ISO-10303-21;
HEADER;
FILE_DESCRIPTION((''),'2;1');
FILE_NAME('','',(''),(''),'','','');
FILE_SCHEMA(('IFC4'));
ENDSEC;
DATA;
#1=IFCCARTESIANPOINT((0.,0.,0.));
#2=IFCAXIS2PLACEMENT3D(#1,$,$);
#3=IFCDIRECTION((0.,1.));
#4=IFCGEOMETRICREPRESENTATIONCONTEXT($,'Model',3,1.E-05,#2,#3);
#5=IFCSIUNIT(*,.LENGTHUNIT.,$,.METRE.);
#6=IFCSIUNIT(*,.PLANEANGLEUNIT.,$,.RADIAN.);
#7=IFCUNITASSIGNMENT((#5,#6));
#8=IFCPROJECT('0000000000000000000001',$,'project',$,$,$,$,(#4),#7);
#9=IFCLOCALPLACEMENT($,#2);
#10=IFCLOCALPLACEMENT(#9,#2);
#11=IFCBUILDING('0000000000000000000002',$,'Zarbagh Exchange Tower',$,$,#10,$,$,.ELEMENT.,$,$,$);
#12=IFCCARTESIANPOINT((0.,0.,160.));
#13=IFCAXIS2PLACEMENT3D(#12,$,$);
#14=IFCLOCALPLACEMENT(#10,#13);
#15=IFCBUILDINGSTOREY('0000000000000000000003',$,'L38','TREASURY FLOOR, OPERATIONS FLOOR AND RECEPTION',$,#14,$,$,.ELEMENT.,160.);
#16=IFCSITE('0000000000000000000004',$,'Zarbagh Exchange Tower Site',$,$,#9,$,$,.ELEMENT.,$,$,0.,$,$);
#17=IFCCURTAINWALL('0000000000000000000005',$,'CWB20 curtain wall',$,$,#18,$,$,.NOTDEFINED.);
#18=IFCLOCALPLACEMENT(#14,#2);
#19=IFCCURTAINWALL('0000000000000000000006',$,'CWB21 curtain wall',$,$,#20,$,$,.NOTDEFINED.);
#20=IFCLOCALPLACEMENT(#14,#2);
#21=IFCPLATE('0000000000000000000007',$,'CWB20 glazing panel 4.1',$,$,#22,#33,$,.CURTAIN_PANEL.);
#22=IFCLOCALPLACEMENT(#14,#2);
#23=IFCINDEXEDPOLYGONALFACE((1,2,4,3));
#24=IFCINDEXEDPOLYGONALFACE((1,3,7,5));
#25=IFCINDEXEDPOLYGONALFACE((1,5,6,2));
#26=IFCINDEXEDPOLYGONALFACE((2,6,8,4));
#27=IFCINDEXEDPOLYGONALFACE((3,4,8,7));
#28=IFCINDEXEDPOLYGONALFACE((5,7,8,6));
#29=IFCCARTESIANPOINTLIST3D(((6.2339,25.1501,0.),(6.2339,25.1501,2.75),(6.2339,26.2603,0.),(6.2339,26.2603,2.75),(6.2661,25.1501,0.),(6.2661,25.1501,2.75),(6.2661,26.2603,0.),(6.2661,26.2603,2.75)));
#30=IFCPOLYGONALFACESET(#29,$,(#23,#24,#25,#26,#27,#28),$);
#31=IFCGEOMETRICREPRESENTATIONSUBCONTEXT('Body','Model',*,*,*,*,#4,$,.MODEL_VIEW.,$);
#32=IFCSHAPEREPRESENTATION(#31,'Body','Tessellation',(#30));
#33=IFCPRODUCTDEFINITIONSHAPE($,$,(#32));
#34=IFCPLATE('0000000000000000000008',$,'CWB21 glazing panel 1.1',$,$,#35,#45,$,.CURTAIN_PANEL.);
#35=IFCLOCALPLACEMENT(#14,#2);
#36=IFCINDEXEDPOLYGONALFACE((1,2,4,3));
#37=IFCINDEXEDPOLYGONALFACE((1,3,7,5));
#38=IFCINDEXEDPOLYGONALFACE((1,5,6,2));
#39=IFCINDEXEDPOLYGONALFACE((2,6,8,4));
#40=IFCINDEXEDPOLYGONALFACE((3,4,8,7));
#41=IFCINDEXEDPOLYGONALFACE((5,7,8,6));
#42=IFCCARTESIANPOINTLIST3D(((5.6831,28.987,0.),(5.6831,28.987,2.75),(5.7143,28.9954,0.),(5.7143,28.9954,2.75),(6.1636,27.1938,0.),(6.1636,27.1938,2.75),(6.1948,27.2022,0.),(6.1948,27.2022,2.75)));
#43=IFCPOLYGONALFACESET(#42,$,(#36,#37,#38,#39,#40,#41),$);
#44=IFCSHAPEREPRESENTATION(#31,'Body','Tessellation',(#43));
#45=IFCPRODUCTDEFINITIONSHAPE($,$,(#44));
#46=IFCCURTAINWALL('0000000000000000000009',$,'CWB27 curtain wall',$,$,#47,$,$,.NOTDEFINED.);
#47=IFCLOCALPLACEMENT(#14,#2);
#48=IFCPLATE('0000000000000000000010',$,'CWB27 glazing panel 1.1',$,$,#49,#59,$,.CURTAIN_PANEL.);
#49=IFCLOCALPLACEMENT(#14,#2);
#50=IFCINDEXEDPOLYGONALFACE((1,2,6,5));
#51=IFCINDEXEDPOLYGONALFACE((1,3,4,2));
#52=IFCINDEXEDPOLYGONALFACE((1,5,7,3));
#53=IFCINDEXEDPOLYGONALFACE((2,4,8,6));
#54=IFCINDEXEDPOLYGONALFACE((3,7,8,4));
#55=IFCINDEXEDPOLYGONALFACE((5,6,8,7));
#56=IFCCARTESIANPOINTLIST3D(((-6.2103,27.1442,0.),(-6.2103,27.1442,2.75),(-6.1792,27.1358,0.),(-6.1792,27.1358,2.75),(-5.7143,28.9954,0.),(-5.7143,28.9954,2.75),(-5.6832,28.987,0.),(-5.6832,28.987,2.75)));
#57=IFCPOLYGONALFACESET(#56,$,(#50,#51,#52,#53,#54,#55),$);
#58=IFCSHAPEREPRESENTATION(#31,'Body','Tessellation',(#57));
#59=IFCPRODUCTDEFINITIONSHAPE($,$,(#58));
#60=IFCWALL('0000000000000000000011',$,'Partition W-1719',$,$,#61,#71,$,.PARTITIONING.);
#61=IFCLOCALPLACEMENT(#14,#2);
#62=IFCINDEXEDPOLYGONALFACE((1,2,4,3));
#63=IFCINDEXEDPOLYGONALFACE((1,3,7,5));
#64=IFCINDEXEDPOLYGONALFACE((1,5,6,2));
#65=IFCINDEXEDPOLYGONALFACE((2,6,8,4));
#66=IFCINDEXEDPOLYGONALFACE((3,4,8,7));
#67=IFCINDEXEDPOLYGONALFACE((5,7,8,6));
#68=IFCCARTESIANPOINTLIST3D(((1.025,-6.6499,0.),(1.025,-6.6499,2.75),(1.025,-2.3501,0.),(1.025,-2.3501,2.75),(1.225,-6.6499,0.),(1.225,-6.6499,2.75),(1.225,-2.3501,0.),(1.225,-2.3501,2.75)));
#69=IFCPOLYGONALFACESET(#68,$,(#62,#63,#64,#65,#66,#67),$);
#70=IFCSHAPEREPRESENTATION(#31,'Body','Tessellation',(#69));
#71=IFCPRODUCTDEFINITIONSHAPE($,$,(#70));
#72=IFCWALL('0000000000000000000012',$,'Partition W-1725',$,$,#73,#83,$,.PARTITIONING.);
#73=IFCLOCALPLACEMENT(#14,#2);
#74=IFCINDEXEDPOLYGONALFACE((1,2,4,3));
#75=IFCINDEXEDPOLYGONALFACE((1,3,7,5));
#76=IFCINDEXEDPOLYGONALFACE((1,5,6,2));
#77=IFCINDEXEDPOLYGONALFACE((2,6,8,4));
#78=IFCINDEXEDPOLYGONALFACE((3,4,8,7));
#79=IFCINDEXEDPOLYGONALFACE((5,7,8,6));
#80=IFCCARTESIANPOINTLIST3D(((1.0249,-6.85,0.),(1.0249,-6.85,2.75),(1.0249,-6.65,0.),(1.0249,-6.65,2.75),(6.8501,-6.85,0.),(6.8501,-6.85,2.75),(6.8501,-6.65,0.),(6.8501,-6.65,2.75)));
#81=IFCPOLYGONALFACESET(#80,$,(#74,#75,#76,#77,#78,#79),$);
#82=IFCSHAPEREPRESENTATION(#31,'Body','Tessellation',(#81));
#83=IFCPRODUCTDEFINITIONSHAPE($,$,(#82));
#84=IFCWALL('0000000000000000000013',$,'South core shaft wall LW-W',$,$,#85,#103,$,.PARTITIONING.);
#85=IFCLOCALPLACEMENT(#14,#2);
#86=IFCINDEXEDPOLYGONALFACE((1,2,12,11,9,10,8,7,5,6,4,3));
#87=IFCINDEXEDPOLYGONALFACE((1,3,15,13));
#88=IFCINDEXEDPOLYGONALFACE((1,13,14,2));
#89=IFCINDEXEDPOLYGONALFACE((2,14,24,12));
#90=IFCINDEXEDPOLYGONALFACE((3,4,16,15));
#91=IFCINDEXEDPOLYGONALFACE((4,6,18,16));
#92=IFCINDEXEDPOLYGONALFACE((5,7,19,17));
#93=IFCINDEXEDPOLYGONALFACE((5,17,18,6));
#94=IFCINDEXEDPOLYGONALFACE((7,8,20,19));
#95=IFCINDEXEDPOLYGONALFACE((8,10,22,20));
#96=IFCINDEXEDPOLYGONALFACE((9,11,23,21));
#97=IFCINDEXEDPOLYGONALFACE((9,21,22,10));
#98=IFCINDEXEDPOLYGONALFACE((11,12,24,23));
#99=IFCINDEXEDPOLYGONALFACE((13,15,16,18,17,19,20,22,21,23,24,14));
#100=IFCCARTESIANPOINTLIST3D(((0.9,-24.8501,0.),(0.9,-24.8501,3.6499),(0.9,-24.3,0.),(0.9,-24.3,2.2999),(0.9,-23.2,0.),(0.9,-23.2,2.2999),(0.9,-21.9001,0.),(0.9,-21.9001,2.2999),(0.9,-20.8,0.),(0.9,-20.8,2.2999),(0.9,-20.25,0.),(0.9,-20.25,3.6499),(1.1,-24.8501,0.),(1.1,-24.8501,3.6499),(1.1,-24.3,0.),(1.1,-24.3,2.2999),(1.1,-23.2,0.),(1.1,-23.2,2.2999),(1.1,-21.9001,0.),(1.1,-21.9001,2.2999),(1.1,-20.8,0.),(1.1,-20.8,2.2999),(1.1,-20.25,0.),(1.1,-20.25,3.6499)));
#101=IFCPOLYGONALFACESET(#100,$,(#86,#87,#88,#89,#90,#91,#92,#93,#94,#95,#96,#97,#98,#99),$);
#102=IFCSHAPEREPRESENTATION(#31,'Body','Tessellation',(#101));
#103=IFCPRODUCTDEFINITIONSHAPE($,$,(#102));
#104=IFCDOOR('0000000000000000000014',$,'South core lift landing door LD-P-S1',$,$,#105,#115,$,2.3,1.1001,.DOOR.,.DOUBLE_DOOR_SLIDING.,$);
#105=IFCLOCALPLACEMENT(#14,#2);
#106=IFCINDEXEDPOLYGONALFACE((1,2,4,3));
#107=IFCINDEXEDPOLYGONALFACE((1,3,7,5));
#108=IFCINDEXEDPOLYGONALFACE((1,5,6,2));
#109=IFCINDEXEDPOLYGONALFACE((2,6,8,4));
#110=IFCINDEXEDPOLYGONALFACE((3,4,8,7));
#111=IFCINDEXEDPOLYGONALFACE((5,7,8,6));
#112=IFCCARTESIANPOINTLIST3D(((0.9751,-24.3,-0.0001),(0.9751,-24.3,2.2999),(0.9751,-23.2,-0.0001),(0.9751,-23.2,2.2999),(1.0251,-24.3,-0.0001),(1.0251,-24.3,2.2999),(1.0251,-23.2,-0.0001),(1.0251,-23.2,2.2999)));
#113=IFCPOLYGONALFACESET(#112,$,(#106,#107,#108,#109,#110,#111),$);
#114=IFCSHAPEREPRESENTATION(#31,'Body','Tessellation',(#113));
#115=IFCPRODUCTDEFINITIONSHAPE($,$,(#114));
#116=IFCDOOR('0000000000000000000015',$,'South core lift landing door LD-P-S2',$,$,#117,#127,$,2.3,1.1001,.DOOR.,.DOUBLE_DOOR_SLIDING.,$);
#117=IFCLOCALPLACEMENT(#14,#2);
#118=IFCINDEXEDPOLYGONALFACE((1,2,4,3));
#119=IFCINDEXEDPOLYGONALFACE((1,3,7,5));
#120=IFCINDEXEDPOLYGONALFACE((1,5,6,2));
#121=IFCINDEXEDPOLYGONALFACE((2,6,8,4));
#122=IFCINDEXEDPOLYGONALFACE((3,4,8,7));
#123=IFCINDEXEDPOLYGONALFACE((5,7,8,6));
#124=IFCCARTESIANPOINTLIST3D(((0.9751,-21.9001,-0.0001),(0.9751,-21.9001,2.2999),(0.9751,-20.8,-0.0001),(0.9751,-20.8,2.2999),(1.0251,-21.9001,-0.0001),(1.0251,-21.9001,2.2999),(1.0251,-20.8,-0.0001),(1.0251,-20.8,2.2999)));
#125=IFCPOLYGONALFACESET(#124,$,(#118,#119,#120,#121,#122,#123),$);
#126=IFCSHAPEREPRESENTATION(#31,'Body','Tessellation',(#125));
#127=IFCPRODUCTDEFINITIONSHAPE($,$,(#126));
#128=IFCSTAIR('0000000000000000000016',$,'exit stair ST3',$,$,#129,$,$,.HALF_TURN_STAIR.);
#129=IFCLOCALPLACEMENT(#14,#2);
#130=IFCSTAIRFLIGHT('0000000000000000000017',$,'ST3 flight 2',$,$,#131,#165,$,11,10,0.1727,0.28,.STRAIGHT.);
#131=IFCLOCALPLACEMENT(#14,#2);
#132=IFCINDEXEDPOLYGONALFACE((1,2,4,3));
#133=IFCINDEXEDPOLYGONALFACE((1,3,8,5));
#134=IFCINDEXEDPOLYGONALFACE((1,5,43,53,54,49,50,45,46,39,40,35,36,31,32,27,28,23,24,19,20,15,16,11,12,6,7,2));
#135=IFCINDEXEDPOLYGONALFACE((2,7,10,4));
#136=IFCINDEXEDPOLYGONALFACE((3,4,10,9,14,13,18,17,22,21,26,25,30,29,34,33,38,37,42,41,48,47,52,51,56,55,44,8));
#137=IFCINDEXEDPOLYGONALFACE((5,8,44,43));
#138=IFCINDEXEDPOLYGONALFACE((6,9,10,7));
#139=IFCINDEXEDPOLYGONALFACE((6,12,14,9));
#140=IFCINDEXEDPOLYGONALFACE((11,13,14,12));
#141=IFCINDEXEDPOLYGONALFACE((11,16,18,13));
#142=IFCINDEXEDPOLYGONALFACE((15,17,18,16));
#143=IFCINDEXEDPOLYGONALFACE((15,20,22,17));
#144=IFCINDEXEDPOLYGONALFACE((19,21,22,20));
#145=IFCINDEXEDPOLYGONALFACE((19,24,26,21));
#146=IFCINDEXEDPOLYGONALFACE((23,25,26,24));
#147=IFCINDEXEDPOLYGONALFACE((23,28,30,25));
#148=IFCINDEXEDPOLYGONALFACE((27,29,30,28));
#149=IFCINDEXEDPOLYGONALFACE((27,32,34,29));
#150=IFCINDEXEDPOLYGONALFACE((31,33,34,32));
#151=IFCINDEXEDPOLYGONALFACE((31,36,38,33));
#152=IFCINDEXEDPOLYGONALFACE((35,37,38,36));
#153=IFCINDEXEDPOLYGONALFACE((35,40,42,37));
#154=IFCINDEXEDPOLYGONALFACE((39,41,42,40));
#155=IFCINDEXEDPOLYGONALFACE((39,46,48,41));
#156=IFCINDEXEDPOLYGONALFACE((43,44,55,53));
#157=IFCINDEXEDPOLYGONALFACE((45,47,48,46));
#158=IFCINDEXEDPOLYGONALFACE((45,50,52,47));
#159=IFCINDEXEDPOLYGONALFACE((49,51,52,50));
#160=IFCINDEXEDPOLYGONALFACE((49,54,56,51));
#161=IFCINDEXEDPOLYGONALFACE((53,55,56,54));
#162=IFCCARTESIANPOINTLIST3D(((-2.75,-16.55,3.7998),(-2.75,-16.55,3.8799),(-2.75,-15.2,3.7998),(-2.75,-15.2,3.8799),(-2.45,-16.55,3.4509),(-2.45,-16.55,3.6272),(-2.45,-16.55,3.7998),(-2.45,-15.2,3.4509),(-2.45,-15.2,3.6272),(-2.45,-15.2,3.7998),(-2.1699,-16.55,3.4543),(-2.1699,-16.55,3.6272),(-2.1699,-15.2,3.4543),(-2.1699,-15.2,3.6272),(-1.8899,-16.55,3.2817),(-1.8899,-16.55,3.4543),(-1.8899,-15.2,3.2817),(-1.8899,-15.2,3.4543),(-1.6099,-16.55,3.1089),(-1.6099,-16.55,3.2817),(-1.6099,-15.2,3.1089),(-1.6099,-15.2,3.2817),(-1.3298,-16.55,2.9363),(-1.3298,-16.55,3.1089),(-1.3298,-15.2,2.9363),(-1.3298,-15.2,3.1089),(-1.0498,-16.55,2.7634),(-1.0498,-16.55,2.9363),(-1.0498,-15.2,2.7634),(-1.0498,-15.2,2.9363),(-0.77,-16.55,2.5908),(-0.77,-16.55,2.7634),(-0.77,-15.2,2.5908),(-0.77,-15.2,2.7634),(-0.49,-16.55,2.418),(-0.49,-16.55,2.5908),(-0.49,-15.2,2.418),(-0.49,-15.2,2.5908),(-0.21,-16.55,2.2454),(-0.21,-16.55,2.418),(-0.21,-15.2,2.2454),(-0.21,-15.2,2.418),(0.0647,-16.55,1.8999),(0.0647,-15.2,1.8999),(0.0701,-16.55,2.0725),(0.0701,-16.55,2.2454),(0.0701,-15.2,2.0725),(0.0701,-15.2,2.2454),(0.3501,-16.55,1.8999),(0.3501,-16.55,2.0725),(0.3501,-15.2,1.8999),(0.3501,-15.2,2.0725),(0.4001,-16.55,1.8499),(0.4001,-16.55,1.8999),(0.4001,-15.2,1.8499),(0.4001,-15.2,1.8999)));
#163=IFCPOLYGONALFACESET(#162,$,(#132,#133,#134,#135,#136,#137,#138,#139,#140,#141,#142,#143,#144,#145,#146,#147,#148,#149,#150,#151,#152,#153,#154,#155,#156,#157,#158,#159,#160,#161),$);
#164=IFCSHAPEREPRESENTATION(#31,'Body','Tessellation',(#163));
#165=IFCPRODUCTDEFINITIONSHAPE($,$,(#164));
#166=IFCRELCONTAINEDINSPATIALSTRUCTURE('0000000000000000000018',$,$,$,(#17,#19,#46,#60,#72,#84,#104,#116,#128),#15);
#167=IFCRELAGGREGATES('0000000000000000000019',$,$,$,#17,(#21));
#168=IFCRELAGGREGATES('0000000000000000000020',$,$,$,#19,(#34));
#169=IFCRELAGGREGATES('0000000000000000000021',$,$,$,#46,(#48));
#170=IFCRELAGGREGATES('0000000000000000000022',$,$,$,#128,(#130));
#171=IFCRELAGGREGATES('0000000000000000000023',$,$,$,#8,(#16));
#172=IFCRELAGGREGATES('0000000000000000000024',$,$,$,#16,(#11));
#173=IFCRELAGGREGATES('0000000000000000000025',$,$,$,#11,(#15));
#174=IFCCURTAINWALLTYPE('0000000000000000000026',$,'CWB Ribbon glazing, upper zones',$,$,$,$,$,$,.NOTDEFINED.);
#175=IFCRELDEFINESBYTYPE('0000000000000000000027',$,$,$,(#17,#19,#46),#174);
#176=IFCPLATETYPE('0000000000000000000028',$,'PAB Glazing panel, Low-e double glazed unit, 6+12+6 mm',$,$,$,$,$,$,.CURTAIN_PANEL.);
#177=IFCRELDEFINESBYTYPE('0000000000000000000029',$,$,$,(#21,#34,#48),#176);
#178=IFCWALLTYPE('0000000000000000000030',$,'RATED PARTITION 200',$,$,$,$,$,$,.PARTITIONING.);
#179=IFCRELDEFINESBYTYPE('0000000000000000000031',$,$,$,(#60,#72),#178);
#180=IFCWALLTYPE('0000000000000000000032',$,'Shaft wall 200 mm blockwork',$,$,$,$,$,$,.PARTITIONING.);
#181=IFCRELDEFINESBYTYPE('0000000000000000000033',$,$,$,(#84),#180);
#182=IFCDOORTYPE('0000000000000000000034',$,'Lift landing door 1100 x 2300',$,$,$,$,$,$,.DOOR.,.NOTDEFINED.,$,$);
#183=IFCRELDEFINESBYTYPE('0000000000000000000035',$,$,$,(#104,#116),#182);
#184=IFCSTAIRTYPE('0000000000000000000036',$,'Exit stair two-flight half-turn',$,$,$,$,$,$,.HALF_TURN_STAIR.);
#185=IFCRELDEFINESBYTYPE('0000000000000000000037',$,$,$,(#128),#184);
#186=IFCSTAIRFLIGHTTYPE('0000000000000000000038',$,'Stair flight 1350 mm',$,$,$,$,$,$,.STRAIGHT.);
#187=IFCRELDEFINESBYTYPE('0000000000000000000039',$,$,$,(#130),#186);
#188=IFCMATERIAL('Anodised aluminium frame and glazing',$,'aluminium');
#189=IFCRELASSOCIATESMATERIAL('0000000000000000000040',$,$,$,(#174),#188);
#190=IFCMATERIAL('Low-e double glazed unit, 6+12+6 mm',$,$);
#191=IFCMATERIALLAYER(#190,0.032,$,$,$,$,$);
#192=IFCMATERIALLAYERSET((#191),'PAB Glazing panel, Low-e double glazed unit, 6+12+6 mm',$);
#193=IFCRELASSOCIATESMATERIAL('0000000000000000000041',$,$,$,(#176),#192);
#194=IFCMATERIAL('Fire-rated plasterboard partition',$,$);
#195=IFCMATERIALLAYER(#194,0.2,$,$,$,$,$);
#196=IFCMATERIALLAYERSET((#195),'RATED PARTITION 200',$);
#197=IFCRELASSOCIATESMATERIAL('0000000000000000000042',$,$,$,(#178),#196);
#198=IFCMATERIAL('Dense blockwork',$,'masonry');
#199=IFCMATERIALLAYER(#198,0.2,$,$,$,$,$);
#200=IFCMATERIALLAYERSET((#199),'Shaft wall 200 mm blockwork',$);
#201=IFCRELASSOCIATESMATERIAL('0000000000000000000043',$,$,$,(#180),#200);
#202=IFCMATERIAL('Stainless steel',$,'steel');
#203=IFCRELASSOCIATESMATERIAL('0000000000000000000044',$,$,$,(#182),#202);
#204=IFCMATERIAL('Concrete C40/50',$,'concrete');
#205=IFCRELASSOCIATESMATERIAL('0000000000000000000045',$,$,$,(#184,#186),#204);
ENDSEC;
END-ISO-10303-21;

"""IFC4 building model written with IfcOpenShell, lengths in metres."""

from ifc_helpers import new_model, si_unit, direction, frame, frame_2d, origin, place, context, subcontext, project, spatial, polyline, rectangle, outline, extrude, source, transform, mapped, material, layer, layer_set, type_object, element, fill, aggregate, save


model = new_model("IFC4")

# Units and contexts
model_context = context("Model", 3, precision=1e-05, world=origin(), true_north=direction((0.0, 1.0)))
body_context = subcontext(model_context, "Body", "Model", "MODEL_VIEW")
ifc_project = project(units=[si_unit("LENGTHUNIT", "METRE"), si_unit("PLANEANGLEUNIT", "RADIAN")], contexts=[model_context])

# Site, building, storey
site_placement = place(None, origin())
site = spatial("IfcSite", under=ifc_project, at=site_placement, Name="Zarbagh Exchange Tower Site", CompositionType="ELEMENT", RefElevation=0.0)
building_placement = place(site_placement, origin())
building = spatial("IfcBuilding", under=site, at=building_placement, Name="Zarbagh Exchange Tower", CompositionType="ELEMENT")
storey_placement = place(building_placement, frame((0.0, 0.0, 160.0)))
storey = spatial("IfcBuildingStorey", under=building, at=storey_placement, Name="L38", Description="TREASURY FLOOR, OPERATIONS FLOOR AND RECEPTION", CompositionType="ELEMENT", Elevation=160.0)

# Curtain wall
ifc_material_1 = material(Name="Anodised aluminium frame and glazing", Category="aluminium")
curtain_wall_type = type_object("IfcCurtainWallType", Name="CWB Ribbon glazing, upper zones", PredefinedType="NOTDEFINED", material=ifc_material_1)
curtain_wall_1_placement = place(storey_placement, origin())
curtain_wall_1 = element("IfcCurtainWall", 1, at=curtain_wall_1_placement, inside=storey, type_object=curtain_wall_type, Name="CWB20 curtain wall", PredefinedType="NOTDEFINED")
placement = place(storey_placement, origin())

# Curtain wall
curtain_wall_2_placement = place(storey_placement, origin())
curtain_wall_2 = element("IfcCurtainWall", 2, at=curtain_wall_2_placement, inside=storey, type_object=curtain_wall_type, Name="CWB21 curtain wall", PredefinedType="NOTDEFINED")

# Shared definitions
ifc_material_2 = material(Name="Low-e double glazed unit, 6+12+6 mm")
ifc_layer_1 = layer(ifc_material_2, 0.032)
ifc_layer_set_1 = layer_set([ifc_layer_1], Name="PAB Glazing panel, Low-e double glazed unit, 6+12+6 mm")
plate_type = type_object("IfcPlateType", Name="PAB Glazing panel, Low-e double glazed unit, 6+12+6 mm", PredefinedType="CURTAIN_PANEL", material=ifc_layer_set_1)

# Plates
shared_shape_1 = source(origin(), body_context, "Body", "SweptSolid", [
    extrude(outline(polyline([(0.0, -0.0161), (1.1101, -0.0161), (1.1101, 0.0161), (0.0, 0.0161), (0.0, -0.0161)])), origin(), (0.0, 0.0, 1.0), 2.75),
])
plate_1 = element("IfcPlate", 3, at=placement, type_object=plate_type, Name="CWB20 glazing panel 4.1", PredefinedType="CURTAIN_PANEL", context=body_context, shape_type="MappedRepresentation", body=[
    mapped(shared_shape_1, transform((6.25, 25.1501, 0.0), x_axis=(0.0, 1.0, 0.0), y_axis=(-1.0, 0.0, 0.0), z_axis=(0.0, 0.0, 1.0))),
])
aggregate(curtain_wall_1, [plate_1])
shared_shape_2 = source(origin(), body_context, "Body", "SweptSolid", [
    extrude(outline(polyline([(0.0, -0.0161), (1.8564, -0.0161), (1.8564, 0.0161), (0.0, 0.0161), (0.0, -0.0161)])), origin(), (0.0, 0.0, 1.0), 2.75),
])
plate_2 = element("IfcPlate", 4, at=placement, type_object=plate_type, Name="CWB21 glazing panel 1.1", PredefinedType="CURTAIN_PANEL", context=body_context, shape_type="MappedRepresentation", body=[
    mapped(shared_shape_2, transform((6.1792, 27.198, 0.0), x_axis=(-0.258825, 0.965924, 0.0), y_axis=(-0.965924, -0.258825, 0.0), z_axis=(0.0, 0.0, 1.0))),
])
aggregate(curtain_wall_2, [plate_2])

# Curtain wall, plate
curtain_wall_3_placement = place(storey_placement, origin())
curtain_wall_3 = element("IfcCurtainWall", 5, at=curtain_wall_3_placement, inside=storey, type_object=curtain_wall_type, Name="CWB27 curtain wall", PredefinedType="NOTDEFINED")
shared_shape_3 = source(origin(), body_context, "Body", "SweptSolid", [
    extrude(outline(polyline([(0.0, -0.0161), (1.9165, -0.0161), (1.9165, 0.0161), (0.0, 0.0161), (0.0, -0.0161)])), origin(), (0.0, 0.0, 1.0), 2.75),
])
plate_3 = element("IfcPlate", 6, at=placement, type_object=plate_type, Name="CWB27 glazing panel 1.1", PredefinedType="CURTAIN_PANEL", context=body_context, shape_type="MappedRepresentation", body=[
    mapped(shared_shape_3, transform((-5.6987, 28.9912, 0.0), x_axis=(-0.258825, -0.965924, 0.0), y_axis=(0.965924, -0.258825, 0.0), z_axis=(0.0, 0.0, 1.0))),
])
aggregate(curtain_wall_3, [plate_3])

# Walls
ifc_material_3 = material(Name="Fire-rated plasterboard partition")
ifc_layer_2 = layer(ifc_material_3, 0.2)
ifc_layer_set_2 = layer_set([ifc_layer_2], Name="RATED PARTITION 200")
wall_type_1 = type_object("IfcWallType", Name="RATED PARTITION 200", PredefinedType="PARTITIONING", material=ifc_layer_set_2)
wall_1_placement = place(storey_placement, frame((1.125, -6.6499, 0.0), z_axis=(0.0, 0.0, 1.0), x_axis=(0.0, 1.0, 0.0)))
element("IfcWall", 7, at=wall_1_placement, inside=storey, type_object=wall_type_1, Name="Partition W-1719", PredefinedType="PARTITIONING", context=body_context, shape_type="SweptSolid", body=[
    extrude(rectangle(XDim=4.2998, YDim=0.2, at=frame_2d((2.1499, 0.0))), origin(), (0.0, 0.0, 1.0), 2.75),
])
wall_2_placement = place(storey_placement, frame((1.0249, -6.75, 0.0), z_axis=(0.0, 0.0, 1.0), x_axis=(1.0, 0.0, 0.0)))
element("IfcWall", 8, at=wall_2_placement, inside=storey, type_object=wall_type_1, Name="Partition W-1725", PredefinedType="PARTITIONING", context=body_context, shape_type="SweptSolid", body=[
    extrude(rectangle(XDim=5.8252, YDim=0.2, at=frame_2d((2.9126, 0.0))), origin(), (0.0, 0.0, 1.0), 2.75),
])

# Wall, openings, doors
ifc_material_4 = material(Name="Dense blockwork", Category="masonry")
ifc_layer_3 = layer(ifc_material_4, 0.2)
ifc_layer_set_3 = layer_set([ifc_layer_3], Name="Shaft wall 200 mm blockwork")
wall_type_2 = type_object("IfcWallType", Name="Shaft wall 200 mm blockwork", PredefinedType="PARTITIONING", material=ifc_layer_set_3)
wall_3_placement = place(storey_placement, frame((1.0, -24.8501, 0.0), z_axis=(0.0, 0.0, 1.0), x_axis=(0.0, 1.0, 0.0)))
wall_3 = element("IfcWall", 9, at=wall_3_placement, inside=storey, type_object=wall_type_2, Name="South core shaft wall LW-W", PredefinedType="PARTITIONING", context=body_context, shape_type="SweptSolid", body=[
    extrude(rectangle(XDim=4.6001, YDim=0.2, at=frame_2d((2.3, 0.0))), origin(), (0.0, 0.0, 1.0), 3.6499),
])
opening_1_placement = place(wall_3_placement, frame((0.55, 0.0, 0.0)))
opening_1 = element("IfcOpeningElement", 10, at=opening_1_placement, cuts=wall_3, PredefinedType="OPENING", context=body_context, shape_type="SweptSolid", body=[
    extrude(rectangle(XDim=1.1001, YDim=2.3, at=frame_2d((0.55, 1.1499))), frame((0.0, 0.1099, 0.0), z_axis=(0.0, -1.0, 0.0), x_axis=(1.0, 0.0, 0.0)), (0.0, 0.0, 1.0), 0.22),
])
opening_2_placement = place(wall_3_placement, frame((2.95, 0.0, 0.0)))
opening_2 = element("IfcOpeningElement", 11, at=opening_2_placement, cuts=wall_3, PredefinedType="OPENING", context=body_context, shape_type="SweptSolid", body=[
    extrude(rectangle(XDim=1.1001, YDim=2.3, at=frame_2d((0.55, 1.1499))), frame((0.0, 0.1099, 0.0), z_axis=(0.0, -1.0, 0.0), x_axis=(1.0, 0.0, 0.0)), (0.0, 0.0, 1.0), 0.22),
])
ifc_material_5 = material(Name="Stainless steel", Category="steel")
door_type = type_object("IfcDoorType", Name="Lift landing door 1100 x 2300", OperationType="NOTDEFINED", PredefinedType="DOOR", material=ifc_material_5)
door_1_placement = place(opening_1_placement, origin())
door_1 = element("IfcDoor", 12, at=door_1_placement, inside=storey, type_object=door_type, Name="South core lift landing door LD-P-S1", OperationType="DOUBLE_DOOR_SLIDING", OverallHeight=2.3, OverallWidth=1.1001, PredefinedType="DOOR", context=body_context, shape_type="SweptSolid", body=[
    extrude(rectangle(XDim=1.1001, YDim=2.3, at=frame_2d((0.55, 1.1499))), frame((0.0, 0.0249, 0.0), z_axis=(0.0, -1.0, 0.0), x_axis=(1.0, 0.0, 0.0)), (0.0, 0.0, 1.0), 0.05),
])
fill(opening_1, door_1)
door_2_placement = place(opening_2_placement, origin())
door_2 = element("IfcDoor", 13, at=door_2_placement, inside=storey, type_object=door_type, Name="South core lift landing door LD-P-S2", OperationType="DOUBLE_DOOR_SLIDING", OverallHeight=2.3, OverallWidth=1.1001, PredefinedType="DOOR", context=body_context, shape_type="SweptSolid", body=[
    extrude(rectangle(XDim=1.1001, YDim=2.3, at=frame_2d((0.55, 1.1499))), frame((0.0, 0.0249, 0.0), z_axis=(0.0, -1.0, 0.0), x_axis=(1.0, 0.0, 0.0)), (0.0, 0.0, 1.0), 0.05),
])
fill(opening_2, door_2)

# Stair, stair flight
ifc_material_6 = material(Name="Concrete C40/50", Category="concrete")
stair_type = type_object("IfcStairType", Name="Exit stair two-flight half-turn", PredefinedType="HALF_TURN_STAIR", material=ifc_material_6)
stair_1_placement = place(storey_placement, origin())
stair_1 = element("IfcStair", 14, at=stair_1_placement, inside=storey, type_object=stair_type, Name="exit stair ST3", PredefinedType="HALF_TURN_STAIR")
stair_flight_type_1 = type_object("IfcStairFlightType", Name="Stair flight 1350 mm", PredefinedType="STRAIGHT", material=ifc_material_6)
stair_flight_1_placement = place(storey_placement, frame((0.3501, -15.875, 1.8999), z_axis=(0.0, 0.0, 1.0), x_axis=(-1.0, 0.0, 0.0)))
stair_flight_1 = element("IfcStairFlight", 15, at=stair_flight_1_placement, type_object=stair_flight_type_1, Name="ST3 flight 2", NumberOfRisers=11, NumberOfTreads=10, PredefinedType="STRAIGHT", RiserHeight=0.1727, TreadLength=0.28, context=body_context, shape_type="SweptSolid", body=[
    extrude(outline(polyline([(-0.05, -0.05), (-0.05, 0.0), (0.0, 0.0), (0.0, 0.1726), (0.28, 0.1726), (0.28, 0.3455), (0.5601, 0.3455), (0.5601, 0.5181), (0.8401, 0.5181), (0.8401, 0.6909), (1.1201, 0.6909), (1.1201, 0.8635), (1.3999, 0.8635), (1.3999, 1.0364), (1.6799, 1.0364), (1.6799, 1.209), (1.96, 1.209), (1.96, 1.3818), (2.24, 1.3818), (2.24, 1.5544), (2.52, 1.5544), (2.52, 1.7273), (2.8, 1.7273), (2.8, 1.8999), (3.1001, 1.98), (3.1001, 1.8999), (2.8, 1.551), (0.2854, 0.0), (-0.05, -0.05)])), frame((0.0, 0.675, 0.0), z_axis=(0.0, -1.0, 0.0), x_axis=(1.0, 0.0, 0.0)), (0.0, 0.0, 1.0), 1.3501),
])
aggregate(stair_1, [stair_flight_1])

save(model, "model.ifc")
